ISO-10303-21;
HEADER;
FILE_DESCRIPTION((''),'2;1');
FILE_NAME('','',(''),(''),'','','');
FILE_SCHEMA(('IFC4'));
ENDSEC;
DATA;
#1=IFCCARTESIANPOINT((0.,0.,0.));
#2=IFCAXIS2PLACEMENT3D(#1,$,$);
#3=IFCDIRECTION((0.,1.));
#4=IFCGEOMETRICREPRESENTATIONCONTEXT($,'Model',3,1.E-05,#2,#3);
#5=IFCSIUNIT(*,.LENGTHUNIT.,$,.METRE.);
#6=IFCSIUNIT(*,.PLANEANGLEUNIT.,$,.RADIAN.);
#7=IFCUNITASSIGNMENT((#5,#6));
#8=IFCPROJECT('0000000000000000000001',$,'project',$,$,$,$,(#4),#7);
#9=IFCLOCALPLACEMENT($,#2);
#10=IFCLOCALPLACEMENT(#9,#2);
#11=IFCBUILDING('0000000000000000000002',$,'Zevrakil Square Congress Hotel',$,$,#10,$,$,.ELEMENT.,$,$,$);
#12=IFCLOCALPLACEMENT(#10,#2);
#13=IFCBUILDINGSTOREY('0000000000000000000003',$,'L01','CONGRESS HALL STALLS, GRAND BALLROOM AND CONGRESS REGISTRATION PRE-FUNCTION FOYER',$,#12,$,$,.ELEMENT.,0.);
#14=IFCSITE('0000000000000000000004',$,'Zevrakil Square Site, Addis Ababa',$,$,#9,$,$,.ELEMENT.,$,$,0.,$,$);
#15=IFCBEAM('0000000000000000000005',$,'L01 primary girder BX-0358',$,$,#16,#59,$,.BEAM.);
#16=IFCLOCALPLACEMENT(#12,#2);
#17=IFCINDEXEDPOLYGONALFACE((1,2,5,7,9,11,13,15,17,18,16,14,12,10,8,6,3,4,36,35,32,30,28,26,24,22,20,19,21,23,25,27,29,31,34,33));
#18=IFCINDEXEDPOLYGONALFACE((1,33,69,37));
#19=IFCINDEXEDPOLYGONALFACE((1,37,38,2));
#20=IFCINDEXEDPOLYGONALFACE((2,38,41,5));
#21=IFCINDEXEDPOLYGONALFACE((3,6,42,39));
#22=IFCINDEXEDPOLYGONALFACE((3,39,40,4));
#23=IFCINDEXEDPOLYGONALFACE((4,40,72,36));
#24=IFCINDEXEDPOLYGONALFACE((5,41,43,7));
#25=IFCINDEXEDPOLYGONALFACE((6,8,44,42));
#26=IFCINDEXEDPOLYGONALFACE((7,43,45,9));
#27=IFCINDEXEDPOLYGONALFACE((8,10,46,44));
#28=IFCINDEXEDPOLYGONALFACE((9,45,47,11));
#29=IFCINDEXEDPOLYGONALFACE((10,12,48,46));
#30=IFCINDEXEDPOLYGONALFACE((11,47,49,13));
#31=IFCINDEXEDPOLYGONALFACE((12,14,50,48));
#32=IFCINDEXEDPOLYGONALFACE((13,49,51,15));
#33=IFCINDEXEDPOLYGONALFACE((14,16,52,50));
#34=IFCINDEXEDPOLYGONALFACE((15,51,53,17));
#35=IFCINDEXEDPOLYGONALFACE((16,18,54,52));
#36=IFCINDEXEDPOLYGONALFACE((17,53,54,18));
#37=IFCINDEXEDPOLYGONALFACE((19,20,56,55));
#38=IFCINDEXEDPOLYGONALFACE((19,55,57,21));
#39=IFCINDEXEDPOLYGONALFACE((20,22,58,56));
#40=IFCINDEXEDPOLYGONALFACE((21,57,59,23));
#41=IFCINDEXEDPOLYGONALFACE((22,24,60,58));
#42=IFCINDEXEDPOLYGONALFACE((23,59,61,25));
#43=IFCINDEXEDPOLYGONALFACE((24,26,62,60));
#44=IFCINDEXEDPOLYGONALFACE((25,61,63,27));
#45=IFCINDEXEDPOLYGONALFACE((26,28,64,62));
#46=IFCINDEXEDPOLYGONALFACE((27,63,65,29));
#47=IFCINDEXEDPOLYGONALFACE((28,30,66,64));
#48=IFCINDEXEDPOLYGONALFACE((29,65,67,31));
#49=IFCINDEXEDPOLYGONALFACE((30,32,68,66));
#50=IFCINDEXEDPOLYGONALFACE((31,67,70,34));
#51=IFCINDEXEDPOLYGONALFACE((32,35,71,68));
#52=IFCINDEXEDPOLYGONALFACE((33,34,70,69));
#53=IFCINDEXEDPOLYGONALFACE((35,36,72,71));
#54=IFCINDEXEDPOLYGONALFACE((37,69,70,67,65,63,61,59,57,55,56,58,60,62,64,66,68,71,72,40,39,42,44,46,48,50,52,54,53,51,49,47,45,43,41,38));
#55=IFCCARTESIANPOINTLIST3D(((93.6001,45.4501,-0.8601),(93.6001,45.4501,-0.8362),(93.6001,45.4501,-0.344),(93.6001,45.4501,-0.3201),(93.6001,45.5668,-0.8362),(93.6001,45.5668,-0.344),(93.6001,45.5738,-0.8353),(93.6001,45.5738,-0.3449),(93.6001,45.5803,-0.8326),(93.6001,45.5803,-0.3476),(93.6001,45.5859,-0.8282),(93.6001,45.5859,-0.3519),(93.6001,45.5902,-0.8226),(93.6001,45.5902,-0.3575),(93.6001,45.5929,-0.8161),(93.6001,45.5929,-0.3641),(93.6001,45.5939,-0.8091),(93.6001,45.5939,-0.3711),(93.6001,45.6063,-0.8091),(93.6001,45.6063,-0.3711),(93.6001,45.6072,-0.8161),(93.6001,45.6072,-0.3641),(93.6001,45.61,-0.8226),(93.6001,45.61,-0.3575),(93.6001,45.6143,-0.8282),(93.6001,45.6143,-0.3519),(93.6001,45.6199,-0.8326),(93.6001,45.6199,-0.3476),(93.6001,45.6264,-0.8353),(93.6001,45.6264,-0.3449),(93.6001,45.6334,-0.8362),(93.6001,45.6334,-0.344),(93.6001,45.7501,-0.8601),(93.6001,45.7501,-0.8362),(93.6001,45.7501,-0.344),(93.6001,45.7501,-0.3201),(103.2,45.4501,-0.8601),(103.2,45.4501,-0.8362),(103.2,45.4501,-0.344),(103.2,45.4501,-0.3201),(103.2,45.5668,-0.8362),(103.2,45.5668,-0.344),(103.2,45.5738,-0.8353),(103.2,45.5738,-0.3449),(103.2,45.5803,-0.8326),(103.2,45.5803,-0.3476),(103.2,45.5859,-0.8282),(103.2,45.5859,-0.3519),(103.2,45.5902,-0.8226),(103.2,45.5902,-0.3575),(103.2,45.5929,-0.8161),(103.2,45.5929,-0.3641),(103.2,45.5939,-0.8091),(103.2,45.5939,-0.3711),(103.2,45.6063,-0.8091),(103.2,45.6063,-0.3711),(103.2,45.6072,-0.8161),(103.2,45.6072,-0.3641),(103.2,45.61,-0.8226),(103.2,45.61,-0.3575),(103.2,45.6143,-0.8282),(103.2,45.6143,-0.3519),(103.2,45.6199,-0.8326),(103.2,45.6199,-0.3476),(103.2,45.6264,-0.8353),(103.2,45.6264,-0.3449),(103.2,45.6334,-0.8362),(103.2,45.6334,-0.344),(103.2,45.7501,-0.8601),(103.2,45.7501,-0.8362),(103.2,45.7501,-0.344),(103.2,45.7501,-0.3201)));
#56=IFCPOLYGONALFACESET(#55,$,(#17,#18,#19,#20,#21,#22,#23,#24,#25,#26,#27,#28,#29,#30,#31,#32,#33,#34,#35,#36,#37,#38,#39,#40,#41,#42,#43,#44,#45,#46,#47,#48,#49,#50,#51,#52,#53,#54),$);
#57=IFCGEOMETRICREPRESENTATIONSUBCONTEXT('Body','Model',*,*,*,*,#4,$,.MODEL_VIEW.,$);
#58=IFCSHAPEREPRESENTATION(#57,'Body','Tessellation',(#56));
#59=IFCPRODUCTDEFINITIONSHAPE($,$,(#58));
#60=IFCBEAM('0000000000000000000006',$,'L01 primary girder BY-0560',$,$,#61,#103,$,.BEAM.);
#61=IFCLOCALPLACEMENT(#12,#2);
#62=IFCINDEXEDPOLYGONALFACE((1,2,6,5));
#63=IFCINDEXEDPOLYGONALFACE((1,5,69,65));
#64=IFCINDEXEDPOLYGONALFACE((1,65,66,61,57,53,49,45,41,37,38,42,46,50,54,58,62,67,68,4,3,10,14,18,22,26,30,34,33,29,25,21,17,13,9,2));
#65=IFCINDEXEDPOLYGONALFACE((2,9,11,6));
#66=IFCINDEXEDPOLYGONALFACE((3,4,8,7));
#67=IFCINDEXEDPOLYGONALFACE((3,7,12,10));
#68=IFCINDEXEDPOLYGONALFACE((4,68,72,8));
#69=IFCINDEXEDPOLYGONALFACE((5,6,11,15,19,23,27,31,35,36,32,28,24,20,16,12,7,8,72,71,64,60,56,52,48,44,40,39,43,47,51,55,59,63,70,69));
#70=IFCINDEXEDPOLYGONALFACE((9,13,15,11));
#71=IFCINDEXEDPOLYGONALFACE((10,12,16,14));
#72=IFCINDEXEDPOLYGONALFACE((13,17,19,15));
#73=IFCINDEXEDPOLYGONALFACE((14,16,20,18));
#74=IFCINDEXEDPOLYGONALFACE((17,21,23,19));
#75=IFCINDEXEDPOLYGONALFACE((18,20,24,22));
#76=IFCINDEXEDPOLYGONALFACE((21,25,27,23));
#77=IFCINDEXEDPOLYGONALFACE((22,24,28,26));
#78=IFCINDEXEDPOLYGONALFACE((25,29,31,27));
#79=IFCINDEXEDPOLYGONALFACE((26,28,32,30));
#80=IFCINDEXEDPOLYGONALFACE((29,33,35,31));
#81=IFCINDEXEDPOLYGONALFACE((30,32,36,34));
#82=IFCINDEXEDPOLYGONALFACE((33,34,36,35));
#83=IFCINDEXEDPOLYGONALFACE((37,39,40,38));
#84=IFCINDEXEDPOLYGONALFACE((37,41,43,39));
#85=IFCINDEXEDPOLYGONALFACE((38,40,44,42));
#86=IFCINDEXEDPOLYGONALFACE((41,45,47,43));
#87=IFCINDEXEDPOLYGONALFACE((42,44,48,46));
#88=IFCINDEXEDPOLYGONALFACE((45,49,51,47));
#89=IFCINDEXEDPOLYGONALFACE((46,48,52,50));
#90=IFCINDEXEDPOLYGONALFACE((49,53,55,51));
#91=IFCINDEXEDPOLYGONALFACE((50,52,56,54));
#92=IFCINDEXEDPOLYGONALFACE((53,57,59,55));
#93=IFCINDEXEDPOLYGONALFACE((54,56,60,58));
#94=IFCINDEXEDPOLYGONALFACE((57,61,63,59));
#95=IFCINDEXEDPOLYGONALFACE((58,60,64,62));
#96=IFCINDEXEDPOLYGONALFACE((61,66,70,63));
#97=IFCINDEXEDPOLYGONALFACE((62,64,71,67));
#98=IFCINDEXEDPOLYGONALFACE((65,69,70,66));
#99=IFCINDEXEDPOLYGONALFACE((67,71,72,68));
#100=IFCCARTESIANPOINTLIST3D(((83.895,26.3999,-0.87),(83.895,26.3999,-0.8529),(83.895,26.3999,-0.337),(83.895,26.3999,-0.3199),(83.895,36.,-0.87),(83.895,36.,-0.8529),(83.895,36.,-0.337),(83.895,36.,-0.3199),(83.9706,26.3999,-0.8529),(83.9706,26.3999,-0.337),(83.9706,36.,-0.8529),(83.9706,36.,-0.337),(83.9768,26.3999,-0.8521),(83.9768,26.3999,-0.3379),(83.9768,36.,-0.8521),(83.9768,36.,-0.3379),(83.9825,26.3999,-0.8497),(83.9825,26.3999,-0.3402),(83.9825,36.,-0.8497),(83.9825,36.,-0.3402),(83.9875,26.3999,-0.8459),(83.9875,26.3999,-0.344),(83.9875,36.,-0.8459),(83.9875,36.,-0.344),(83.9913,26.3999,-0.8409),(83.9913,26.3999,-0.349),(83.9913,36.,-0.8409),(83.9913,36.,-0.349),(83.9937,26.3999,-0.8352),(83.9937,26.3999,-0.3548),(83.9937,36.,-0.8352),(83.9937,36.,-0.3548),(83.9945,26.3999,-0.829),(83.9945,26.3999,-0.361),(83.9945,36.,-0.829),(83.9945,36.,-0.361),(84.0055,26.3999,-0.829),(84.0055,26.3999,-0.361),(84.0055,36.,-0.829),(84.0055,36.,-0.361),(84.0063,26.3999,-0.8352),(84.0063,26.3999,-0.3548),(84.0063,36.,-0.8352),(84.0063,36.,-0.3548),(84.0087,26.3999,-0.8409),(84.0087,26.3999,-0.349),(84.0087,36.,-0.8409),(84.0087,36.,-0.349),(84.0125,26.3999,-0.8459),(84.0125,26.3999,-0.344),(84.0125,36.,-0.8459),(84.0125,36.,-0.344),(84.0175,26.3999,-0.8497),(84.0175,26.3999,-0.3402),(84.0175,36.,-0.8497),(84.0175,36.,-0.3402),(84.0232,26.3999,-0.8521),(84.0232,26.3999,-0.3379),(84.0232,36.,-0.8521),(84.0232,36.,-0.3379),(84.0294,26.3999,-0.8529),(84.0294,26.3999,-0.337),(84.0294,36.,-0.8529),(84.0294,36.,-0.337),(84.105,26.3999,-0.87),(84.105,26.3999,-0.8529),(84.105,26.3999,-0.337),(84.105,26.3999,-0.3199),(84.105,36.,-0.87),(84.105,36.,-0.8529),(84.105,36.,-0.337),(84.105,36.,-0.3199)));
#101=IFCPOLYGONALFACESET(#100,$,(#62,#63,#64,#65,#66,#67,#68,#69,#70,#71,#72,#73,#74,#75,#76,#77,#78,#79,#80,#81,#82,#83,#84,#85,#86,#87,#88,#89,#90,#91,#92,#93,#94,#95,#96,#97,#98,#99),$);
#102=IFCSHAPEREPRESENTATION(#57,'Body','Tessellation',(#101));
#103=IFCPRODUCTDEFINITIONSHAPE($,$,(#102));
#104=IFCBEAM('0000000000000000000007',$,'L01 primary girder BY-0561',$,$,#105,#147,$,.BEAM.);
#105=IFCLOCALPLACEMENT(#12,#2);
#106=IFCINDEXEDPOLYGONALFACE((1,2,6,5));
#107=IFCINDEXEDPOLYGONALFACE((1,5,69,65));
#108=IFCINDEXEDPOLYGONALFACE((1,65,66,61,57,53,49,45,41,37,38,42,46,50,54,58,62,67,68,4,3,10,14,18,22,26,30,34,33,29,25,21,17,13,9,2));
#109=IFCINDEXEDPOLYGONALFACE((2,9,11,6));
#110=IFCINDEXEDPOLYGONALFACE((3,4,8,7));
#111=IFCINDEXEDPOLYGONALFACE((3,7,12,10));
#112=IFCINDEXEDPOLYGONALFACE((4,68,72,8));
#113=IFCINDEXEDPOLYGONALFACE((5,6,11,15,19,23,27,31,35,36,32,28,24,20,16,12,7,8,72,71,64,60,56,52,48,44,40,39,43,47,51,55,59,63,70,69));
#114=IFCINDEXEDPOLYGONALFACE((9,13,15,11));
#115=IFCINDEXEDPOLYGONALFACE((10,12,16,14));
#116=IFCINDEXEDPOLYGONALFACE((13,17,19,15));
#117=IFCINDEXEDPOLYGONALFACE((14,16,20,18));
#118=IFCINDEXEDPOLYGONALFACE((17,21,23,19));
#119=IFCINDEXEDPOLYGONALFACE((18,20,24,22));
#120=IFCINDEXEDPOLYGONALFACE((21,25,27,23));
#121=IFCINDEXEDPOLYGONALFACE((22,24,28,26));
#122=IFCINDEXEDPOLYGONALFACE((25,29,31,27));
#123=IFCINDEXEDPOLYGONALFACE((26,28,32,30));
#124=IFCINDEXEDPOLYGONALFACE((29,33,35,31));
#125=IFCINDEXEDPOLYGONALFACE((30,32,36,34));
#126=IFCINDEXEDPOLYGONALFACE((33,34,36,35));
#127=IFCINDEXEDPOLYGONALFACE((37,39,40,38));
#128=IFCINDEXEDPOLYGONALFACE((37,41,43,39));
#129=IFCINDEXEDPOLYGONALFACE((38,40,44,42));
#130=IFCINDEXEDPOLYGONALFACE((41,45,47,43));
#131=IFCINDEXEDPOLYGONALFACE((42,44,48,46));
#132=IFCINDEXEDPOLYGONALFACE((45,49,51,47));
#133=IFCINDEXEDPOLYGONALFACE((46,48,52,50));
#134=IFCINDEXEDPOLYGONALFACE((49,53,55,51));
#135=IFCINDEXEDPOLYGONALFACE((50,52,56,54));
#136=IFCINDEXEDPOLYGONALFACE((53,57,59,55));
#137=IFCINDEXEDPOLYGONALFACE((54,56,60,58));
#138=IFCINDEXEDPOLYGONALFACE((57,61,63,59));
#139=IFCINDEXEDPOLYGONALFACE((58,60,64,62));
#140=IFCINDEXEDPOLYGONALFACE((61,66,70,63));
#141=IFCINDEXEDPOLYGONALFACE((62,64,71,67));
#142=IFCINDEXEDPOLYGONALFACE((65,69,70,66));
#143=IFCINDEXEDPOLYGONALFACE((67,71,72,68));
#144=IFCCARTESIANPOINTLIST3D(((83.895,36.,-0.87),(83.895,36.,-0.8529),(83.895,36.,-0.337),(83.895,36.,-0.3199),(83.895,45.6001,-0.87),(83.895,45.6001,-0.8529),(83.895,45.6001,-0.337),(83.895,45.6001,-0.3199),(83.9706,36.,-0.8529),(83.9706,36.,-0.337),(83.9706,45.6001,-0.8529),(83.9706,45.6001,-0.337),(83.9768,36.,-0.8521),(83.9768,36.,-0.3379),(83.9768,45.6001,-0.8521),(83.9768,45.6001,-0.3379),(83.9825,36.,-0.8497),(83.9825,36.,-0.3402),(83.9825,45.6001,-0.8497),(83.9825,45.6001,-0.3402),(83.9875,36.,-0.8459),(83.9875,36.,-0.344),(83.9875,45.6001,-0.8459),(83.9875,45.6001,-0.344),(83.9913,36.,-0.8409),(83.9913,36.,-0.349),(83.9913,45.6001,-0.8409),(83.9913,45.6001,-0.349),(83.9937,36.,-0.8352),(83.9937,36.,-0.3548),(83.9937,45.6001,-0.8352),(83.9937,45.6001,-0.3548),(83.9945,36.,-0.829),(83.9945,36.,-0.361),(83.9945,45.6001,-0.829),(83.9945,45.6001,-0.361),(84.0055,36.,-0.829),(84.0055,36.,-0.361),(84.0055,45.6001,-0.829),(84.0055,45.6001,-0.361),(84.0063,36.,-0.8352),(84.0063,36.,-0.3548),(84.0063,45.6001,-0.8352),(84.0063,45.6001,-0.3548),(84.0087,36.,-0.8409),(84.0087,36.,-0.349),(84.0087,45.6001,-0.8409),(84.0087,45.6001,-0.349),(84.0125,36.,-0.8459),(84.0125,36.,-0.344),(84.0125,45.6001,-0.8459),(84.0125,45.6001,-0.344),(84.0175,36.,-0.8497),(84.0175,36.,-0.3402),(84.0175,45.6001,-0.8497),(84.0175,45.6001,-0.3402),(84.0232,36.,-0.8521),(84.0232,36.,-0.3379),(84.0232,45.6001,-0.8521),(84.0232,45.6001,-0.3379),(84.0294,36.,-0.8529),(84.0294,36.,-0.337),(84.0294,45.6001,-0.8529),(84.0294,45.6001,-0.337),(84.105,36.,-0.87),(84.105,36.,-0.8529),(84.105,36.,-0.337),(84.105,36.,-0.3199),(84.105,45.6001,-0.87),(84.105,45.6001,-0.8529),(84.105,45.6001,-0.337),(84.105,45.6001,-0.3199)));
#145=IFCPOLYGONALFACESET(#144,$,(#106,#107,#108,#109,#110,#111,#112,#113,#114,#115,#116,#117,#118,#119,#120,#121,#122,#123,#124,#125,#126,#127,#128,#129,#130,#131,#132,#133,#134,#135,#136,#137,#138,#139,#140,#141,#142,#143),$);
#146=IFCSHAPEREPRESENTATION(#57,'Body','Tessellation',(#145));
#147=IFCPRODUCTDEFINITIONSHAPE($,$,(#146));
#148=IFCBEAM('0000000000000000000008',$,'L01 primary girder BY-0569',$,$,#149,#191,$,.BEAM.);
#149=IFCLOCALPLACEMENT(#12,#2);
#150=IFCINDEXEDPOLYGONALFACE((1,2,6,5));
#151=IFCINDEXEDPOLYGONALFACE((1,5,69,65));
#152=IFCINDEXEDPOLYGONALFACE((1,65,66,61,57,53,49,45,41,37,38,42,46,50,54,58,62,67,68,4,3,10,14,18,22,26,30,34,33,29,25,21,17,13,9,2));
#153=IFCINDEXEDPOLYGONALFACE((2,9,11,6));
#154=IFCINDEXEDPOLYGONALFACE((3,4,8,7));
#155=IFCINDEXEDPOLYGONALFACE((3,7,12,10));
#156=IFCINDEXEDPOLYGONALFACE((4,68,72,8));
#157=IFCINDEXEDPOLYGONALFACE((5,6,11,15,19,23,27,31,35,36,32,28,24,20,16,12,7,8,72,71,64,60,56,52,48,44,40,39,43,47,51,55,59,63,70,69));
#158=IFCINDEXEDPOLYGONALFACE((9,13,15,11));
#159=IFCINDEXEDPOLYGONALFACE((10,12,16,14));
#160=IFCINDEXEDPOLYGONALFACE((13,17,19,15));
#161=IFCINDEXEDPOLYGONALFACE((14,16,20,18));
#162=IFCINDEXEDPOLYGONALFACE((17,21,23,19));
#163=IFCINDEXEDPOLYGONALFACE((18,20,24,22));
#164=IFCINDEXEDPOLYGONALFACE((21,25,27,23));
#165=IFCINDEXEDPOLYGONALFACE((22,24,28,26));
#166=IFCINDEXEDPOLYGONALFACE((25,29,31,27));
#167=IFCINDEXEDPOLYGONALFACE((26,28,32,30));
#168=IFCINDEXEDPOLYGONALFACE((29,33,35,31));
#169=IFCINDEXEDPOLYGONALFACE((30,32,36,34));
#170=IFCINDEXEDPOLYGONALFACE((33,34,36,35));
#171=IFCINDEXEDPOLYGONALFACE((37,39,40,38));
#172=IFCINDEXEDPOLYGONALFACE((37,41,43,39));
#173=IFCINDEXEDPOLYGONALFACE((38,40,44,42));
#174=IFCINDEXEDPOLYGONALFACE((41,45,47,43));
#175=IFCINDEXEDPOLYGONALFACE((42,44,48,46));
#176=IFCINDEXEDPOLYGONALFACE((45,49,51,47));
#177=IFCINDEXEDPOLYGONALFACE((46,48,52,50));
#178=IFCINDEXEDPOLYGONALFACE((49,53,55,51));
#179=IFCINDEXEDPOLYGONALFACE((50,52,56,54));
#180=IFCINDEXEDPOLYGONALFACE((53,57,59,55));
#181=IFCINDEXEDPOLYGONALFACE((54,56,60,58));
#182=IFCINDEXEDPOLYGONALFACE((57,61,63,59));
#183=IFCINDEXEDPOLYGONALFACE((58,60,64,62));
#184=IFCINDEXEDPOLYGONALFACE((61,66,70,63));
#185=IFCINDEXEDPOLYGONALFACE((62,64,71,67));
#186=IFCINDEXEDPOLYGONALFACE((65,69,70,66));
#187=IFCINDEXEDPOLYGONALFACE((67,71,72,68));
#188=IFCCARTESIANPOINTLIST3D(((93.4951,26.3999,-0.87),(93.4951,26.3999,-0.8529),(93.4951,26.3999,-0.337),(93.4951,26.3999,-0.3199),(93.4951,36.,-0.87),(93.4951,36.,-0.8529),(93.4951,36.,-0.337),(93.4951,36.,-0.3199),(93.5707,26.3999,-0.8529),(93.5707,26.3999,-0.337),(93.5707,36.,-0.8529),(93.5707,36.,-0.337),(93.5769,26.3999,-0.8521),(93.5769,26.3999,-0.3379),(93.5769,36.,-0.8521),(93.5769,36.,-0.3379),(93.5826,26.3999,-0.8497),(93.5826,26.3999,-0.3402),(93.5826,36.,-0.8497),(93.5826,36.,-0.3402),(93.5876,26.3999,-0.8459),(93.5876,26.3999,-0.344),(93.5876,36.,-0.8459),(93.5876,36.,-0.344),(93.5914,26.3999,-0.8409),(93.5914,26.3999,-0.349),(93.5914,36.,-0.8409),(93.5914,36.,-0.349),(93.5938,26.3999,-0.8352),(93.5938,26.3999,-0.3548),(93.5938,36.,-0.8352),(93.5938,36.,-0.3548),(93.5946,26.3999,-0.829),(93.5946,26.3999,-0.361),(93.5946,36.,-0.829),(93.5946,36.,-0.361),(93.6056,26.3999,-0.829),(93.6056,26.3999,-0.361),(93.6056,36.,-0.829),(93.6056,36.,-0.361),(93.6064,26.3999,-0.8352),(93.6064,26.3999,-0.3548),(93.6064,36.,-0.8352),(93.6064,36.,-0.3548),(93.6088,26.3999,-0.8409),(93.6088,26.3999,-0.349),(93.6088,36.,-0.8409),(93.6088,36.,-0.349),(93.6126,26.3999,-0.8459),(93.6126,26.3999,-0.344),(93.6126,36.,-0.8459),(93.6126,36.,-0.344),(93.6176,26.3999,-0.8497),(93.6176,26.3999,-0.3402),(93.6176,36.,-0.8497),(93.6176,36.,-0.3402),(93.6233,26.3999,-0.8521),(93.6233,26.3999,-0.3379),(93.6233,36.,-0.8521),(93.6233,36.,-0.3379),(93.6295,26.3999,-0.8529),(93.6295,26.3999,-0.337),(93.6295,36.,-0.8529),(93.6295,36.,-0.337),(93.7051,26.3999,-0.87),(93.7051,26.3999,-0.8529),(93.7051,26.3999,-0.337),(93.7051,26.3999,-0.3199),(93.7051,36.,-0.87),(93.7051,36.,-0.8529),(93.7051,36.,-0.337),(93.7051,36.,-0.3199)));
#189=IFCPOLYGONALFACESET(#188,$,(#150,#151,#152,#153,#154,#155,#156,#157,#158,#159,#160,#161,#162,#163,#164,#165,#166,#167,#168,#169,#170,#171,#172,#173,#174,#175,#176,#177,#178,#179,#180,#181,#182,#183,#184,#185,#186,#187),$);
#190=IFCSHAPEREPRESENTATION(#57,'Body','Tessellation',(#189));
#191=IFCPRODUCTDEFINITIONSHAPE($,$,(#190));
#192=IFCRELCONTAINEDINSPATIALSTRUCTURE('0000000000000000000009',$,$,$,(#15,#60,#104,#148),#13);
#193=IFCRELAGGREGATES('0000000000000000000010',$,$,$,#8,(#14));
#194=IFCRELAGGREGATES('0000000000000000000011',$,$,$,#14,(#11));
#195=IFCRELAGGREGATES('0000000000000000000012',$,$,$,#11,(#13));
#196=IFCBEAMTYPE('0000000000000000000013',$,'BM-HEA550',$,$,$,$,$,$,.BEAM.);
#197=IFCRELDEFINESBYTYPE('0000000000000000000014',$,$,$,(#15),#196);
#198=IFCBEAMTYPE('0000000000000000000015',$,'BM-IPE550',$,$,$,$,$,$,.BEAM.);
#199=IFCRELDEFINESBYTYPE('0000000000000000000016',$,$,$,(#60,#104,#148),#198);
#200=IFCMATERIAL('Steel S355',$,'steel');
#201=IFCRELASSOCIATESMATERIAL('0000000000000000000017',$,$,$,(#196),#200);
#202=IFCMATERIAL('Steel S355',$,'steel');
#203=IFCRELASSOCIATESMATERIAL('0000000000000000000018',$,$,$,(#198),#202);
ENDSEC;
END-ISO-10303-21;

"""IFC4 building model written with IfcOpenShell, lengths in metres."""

from ifc_helpers import new_model, si_unit, direction, frame, origin, origin_2d, place, context, subcontext, project, spatial, i_section, extrude, material, material_profile, profile_set, type_object, element, save


model = new_model("IFC4")

# Units and contexts
model_context = context("Model", 3, precision=1e-05, world=origin(), true_north=direction((0.0, 1.0)))
body_context = subcontext(model_context, "Body", "Model", "MODEL_VIEW")
ifc_project = project(units=[si_unit("LENGTHUNIT", "METRE"), si_unit("PLANEANGLEUNIT", "RADIAN")], contexts=[model_context])

# Site, building, storey
site_placement = place(None, origin())
site = spatial("IfcSite", under=ifc_project, at=site_placement, Name="Zevrakil Square Site, Addis Ababa", CompositionType="ELEMENT", RefElevation=0.0)
building_placement = place(site_placement, origin())
building = spatial("IfcBuilding", under=site, at=building_placement, Name="Zevrakil Square Congress Hotel", CompositionType="ELEMENT")
storey_placement = place(building_placement, origin())
storey = spatial("IfcBuildingStorey", under=building, at=storey_placement, Name="L01", Description="CONGRESS HALL STALLS, GRAND BALLROOM AND CONGRESS REGISTRATION PRE-FUNCTION FOYER", CompositionType="ELEMENT", Elevation=0.0)

# Beams
ifc_material_1 = material(Name="Steel S355", Category="steel")
ifc_material_profile_1 = material_profile(ifc_material_1, i_section(OverallWidth=0.3, OverallDepth=0.54, WebThickness=0.0125, FlangeThickness=0.0239, FilletRadius=0.0271, at=origin_2d()), Name="HEA 550")
ifc_profile_set_1 = profile_set([ifc_material_profile_1], Name="Steel S355")
beam_type_1 = type_object("IfcBeamType", Name="BM-HEA550", PredefinedType="BEAM", material=ifc_profile_set_1)
for number, where, z_axis, x_axis, name in (
    (1, (93.6001, 45.6001, -0.5901), (1.0, 0.0, 0.0), (0.0, 1.0, 0.0), "L01 primary girder BX-0358"),
):
    element("IfcBeam", number, at=place(storey_placement, frame(where, z_axis=z_axis, x_axis=x_axis)), inside=storey, type_object=beam_type_1, Name=name, PredefinedType="BEAM", context=body_context, shape_type="SweptSolid", body=[
        extrude(i_section(OverallWidth=0.3, OverallDepth=0.54, WebThickness=0.0125, FlangeThickness=0.0239, FilletRadius=0.0271, at=origin_2d()), origin(), (0.0, 0.0, 1.0), 9.5999),
    ])
ifc_material_2 = material(Name="Steel S355", Category="steel")
ifc_material_profile_2 = material_profile(ifc_material_2, i_section(OverallWidth=0.21, OverallDepth=0.55, WebThickness=0.011, FlangeThickness=0.0171, FilletRadius=0.0239, at=origin_2d()), Name="IPE 550")
ifc_profile_set_2 = profile_set([ifc_material_profile_2], Name="Steel S355")
beam_type_2 = type_object("IfcBeamType", Name="BM-IPE550", PredefinedType="BEAM", material=ifc_profile_set_2)
for number, where, z_axis, x_axis, name in (
    (2, (84.0, 26.3999, -0.595), (0.0, 1.0, 0.0), (-1.0, 0.0, 0.0), "L01 primary girder BY-0560"),
    (3, (84.0, 36.0, -0.595), (0.0, 1.0, 0.0), (-1.0, 0.0, 0.0), "L01 primary girder BY-0561"),
    (4, (93.6001, 26.3999, -0.595), (0.0, 1.0, 0.0), (-1.0, 0.0, 0.0), "L01 primary girder BY-0569"),
):
    element("IfcBeam", number, at=place(storey_placement, frame(where, z_axis=z_axis, x_axis=x_axis)), inside=storey, type_object=beam_type_2, Name=name, PredefinedType="BEAM", context=body_context, shape_type="SweptSolid", body=[
        extrude(i_section(OverallWidth=0.21, OverallDepth=0.55, WebThickness=0.011, FlangeThickness=0.0171, FilletRadius=0.0239, at=origin_2d()), origin(), (0.0, 0.0, 1.0), 9.6001),
    ])

save(model, "model.ifc")
